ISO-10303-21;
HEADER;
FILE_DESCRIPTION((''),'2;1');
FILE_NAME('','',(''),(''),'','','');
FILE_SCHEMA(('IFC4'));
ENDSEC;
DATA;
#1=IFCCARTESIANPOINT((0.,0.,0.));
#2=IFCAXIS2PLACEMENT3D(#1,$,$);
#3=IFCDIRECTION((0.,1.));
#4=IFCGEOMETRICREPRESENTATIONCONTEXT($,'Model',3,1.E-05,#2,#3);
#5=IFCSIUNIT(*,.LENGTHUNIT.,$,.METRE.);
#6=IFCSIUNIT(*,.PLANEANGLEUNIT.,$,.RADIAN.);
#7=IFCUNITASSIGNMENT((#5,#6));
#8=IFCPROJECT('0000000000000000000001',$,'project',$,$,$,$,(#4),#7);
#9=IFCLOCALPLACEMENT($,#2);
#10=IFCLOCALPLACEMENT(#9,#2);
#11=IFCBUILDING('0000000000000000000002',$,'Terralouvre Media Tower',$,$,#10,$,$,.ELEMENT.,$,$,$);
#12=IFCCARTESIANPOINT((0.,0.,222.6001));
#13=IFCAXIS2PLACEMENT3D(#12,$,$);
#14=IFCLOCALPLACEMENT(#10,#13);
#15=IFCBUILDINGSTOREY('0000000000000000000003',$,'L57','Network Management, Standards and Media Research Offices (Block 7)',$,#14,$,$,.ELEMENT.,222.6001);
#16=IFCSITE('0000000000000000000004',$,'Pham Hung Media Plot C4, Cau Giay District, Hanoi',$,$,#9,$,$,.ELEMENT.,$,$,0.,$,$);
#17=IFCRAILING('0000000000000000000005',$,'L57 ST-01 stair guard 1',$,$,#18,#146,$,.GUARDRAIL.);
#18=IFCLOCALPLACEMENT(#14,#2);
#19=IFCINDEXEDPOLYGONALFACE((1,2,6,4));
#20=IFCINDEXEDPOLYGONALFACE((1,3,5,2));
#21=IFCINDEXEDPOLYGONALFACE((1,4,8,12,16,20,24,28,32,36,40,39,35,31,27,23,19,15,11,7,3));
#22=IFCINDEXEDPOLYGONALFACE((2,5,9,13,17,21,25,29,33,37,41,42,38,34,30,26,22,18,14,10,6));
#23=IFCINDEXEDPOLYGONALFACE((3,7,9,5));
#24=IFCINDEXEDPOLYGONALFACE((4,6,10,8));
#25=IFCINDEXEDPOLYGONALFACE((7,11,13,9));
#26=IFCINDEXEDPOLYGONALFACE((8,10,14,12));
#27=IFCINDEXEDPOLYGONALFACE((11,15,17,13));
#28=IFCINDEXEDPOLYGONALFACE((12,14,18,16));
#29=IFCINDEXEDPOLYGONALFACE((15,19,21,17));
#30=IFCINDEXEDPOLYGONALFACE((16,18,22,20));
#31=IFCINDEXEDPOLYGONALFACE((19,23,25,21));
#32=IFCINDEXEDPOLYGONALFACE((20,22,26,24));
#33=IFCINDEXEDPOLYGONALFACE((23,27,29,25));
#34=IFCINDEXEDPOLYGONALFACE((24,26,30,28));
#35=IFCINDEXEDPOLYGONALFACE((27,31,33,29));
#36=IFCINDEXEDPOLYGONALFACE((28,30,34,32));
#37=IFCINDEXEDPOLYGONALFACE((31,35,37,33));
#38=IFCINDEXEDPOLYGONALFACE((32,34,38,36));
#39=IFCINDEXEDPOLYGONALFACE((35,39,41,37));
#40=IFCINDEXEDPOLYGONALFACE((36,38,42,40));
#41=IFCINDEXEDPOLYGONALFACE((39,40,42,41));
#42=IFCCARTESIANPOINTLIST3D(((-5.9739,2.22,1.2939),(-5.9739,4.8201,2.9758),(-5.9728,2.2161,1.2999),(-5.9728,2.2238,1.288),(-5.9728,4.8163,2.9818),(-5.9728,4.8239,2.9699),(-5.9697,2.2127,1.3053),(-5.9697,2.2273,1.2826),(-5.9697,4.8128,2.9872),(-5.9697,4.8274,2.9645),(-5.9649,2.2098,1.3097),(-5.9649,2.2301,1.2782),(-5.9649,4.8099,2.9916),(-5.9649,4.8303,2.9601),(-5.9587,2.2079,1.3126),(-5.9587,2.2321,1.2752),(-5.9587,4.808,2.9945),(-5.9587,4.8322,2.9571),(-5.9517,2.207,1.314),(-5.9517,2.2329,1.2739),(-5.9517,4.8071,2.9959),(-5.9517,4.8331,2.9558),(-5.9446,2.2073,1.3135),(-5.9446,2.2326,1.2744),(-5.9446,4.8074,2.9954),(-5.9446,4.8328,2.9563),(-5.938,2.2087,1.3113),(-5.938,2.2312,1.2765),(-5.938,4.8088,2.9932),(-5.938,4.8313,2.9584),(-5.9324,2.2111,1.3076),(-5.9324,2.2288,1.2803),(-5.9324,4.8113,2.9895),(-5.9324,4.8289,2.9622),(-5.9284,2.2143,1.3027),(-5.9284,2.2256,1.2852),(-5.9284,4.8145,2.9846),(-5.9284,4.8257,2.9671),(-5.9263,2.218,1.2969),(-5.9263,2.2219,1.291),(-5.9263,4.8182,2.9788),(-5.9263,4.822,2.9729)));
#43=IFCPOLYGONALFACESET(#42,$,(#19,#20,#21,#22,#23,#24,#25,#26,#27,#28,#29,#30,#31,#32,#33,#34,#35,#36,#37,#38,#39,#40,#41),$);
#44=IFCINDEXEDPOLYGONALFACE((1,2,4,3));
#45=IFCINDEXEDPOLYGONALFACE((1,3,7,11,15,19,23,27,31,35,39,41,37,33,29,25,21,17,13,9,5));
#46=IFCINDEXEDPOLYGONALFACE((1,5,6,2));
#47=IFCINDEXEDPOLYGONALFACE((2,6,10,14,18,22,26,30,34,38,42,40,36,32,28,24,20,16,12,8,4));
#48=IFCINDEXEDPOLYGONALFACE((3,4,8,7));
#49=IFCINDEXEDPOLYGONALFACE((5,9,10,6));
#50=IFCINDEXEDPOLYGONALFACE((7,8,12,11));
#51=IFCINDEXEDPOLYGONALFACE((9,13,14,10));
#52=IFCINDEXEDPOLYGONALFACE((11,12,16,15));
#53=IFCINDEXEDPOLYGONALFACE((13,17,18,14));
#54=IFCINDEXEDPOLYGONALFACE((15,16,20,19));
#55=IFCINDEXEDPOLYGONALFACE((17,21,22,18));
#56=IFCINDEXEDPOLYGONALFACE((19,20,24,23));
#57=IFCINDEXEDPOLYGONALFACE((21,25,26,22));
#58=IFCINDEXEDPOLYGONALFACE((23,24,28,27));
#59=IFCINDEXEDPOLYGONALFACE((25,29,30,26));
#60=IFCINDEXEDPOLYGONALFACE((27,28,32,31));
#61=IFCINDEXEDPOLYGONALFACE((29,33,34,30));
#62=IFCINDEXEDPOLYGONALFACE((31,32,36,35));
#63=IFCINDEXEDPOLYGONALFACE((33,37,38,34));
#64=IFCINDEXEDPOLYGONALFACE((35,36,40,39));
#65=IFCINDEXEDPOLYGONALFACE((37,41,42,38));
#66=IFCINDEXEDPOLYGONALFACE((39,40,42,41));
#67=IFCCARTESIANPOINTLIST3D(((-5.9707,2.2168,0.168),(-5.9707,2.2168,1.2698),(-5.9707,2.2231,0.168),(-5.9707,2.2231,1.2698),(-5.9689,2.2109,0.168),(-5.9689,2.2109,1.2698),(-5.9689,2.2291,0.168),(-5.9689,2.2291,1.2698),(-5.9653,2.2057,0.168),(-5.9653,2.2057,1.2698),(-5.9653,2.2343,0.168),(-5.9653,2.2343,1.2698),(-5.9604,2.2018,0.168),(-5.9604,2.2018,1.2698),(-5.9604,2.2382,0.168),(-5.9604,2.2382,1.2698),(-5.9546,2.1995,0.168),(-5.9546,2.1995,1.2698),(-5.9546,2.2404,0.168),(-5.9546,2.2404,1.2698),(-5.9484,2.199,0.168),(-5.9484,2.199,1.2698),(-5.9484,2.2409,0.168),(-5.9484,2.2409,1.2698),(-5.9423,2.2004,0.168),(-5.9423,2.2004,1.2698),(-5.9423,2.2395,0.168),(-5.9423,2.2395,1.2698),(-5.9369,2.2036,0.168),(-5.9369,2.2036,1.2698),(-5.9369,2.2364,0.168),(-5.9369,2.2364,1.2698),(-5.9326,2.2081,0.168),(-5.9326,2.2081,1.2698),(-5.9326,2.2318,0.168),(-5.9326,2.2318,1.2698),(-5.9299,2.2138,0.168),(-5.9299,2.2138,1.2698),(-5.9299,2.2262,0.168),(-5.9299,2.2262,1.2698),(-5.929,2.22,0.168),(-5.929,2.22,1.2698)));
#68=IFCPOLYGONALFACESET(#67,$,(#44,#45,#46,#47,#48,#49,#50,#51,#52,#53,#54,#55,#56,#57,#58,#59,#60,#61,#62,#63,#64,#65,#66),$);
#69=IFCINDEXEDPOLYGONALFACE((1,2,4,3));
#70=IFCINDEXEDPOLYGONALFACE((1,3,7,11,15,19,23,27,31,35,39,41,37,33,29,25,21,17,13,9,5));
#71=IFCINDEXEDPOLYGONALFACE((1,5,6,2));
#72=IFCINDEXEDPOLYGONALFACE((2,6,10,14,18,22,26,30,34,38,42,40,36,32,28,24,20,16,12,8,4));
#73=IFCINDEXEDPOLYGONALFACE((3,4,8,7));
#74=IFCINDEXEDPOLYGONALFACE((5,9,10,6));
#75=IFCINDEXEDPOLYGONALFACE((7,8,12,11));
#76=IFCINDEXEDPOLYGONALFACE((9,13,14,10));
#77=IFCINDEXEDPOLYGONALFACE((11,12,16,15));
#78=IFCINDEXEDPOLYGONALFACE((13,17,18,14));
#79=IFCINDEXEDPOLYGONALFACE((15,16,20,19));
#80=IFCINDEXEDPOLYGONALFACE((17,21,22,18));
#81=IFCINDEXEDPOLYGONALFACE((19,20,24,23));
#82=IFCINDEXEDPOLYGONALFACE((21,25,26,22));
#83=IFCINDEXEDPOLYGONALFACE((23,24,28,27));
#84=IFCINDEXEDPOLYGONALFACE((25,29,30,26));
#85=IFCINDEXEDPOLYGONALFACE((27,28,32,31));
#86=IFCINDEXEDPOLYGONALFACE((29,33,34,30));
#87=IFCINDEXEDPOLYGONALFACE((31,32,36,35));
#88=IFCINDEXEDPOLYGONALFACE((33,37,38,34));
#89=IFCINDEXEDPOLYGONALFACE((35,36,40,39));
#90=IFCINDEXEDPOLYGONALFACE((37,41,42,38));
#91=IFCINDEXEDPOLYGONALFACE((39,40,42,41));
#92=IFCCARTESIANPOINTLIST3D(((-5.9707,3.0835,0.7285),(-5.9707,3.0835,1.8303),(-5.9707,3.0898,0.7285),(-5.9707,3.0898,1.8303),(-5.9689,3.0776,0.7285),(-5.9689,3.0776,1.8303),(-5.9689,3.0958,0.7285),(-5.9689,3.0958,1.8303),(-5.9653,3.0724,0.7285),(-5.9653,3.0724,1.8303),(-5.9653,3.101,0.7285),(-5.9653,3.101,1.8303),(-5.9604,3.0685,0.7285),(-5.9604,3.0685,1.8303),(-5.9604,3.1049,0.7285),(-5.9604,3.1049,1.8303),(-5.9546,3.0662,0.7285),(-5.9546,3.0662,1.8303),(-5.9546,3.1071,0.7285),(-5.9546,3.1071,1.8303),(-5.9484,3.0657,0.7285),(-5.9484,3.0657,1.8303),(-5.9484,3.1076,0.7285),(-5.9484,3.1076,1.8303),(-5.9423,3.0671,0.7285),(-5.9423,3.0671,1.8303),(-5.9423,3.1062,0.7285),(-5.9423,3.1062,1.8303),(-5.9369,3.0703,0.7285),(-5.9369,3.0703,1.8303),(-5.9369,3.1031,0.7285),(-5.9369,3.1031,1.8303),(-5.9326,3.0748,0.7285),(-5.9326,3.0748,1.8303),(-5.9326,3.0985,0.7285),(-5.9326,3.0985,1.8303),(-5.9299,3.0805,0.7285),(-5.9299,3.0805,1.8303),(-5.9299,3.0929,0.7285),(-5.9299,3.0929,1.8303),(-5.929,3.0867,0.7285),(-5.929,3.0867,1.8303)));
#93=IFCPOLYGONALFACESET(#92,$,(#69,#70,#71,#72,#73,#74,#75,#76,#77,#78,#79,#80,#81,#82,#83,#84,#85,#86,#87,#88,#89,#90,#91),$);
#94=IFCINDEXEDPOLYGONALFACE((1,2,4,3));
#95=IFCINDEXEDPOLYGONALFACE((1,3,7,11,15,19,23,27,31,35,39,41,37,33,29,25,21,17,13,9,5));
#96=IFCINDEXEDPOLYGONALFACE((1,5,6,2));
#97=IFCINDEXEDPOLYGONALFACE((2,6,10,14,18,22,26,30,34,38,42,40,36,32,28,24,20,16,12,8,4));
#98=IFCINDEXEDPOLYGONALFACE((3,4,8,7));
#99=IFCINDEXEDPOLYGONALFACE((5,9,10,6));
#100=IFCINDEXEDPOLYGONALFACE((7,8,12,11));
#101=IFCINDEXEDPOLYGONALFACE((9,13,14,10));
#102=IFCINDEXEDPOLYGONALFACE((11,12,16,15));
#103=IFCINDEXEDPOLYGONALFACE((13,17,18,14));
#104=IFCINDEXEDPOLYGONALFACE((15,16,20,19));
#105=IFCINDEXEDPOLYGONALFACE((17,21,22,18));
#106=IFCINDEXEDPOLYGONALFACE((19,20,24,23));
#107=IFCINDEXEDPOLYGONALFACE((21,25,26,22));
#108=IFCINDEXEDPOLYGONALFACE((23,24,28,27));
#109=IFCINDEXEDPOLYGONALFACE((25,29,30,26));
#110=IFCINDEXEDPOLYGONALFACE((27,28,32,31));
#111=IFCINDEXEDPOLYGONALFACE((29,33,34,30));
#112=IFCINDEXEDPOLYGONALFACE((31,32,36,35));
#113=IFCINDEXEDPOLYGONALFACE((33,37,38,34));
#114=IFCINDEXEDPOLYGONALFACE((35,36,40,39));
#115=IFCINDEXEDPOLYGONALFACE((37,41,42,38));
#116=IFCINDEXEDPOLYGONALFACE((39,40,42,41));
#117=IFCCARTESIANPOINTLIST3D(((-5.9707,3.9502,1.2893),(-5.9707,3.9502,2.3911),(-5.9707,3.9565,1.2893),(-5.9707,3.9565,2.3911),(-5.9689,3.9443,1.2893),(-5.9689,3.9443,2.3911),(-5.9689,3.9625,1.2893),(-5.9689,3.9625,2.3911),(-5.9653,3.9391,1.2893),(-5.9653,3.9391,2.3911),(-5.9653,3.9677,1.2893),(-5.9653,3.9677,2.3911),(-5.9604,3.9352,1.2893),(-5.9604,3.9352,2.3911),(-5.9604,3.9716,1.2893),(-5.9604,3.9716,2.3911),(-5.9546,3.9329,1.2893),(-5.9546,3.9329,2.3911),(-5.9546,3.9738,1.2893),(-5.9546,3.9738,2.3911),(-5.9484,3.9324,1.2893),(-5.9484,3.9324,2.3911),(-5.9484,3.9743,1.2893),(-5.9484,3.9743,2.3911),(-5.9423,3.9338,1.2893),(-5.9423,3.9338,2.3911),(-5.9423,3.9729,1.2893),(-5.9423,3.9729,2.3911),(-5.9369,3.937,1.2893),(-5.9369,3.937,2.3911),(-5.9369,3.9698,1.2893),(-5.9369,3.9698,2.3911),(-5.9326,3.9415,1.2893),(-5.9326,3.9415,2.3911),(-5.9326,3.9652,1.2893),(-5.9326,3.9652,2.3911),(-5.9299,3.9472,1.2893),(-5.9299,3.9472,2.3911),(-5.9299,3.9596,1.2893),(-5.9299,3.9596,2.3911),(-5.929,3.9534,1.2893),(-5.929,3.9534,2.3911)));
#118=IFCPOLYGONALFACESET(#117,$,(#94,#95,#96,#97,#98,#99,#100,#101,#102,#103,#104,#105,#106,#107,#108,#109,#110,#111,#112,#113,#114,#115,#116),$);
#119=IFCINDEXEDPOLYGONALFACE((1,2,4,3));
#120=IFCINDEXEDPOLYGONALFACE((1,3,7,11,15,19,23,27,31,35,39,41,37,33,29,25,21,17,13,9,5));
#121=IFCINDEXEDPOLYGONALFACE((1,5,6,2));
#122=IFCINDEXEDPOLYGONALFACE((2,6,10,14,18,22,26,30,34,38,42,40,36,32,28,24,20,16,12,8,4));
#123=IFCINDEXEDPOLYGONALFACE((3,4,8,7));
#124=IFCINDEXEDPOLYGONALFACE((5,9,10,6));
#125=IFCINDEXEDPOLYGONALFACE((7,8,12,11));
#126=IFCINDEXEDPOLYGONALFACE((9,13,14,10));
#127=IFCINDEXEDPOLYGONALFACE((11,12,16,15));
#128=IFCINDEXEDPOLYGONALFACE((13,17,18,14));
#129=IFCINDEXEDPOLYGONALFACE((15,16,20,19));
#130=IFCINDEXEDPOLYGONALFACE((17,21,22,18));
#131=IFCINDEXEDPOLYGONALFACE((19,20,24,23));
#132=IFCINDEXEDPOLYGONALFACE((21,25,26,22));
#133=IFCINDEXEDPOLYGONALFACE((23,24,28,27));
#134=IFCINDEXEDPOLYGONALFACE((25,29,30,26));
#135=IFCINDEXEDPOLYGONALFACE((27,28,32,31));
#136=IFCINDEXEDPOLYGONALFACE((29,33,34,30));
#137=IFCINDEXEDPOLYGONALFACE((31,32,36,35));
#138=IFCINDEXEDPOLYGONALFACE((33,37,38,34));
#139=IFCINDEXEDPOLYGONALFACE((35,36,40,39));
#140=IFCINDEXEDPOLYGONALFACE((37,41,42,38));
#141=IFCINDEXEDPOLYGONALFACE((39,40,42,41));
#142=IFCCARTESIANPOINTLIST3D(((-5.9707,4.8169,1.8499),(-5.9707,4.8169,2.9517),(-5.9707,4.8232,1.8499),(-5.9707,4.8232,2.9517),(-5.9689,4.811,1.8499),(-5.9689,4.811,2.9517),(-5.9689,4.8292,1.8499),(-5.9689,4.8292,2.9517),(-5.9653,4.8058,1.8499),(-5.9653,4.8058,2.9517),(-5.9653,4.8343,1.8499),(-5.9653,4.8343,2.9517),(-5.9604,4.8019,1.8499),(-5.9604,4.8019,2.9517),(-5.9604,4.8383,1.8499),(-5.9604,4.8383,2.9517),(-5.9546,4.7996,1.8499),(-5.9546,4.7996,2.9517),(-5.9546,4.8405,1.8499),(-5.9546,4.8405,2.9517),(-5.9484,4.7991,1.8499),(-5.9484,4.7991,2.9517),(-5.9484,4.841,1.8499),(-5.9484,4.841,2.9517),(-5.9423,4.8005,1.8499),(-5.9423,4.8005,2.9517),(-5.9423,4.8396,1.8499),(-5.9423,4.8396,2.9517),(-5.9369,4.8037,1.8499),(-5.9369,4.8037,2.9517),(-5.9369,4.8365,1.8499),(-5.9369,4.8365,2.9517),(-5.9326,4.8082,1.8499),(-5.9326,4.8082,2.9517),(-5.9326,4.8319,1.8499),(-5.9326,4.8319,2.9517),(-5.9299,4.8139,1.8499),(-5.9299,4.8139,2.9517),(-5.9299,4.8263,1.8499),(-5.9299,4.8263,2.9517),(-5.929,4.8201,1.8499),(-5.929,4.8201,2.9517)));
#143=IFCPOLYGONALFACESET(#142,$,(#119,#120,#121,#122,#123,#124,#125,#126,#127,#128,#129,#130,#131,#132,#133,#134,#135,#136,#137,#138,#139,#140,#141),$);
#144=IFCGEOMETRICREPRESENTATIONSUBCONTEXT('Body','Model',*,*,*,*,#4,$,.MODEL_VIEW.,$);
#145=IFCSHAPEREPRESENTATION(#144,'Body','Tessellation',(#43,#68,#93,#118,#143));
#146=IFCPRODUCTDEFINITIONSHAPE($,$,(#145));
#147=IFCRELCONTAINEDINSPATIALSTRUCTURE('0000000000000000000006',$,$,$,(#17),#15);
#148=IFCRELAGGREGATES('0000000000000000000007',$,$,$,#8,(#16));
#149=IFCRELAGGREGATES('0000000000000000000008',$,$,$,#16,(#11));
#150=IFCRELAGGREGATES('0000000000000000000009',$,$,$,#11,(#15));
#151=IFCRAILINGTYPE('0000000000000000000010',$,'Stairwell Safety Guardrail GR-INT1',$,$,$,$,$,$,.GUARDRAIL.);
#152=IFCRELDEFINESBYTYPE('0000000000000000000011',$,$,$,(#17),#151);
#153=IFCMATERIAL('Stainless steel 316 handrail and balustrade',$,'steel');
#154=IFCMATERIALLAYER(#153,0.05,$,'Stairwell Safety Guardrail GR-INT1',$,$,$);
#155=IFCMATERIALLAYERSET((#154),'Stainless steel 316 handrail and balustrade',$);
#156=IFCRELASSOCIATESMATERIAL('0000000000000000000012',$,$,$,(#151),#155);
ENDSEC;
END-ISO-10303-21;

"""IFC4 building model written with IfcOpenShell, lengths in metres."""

from ifc_helpers import new_model, si_unit, direction, frame, origin, origin_2d, place, context, subcontext, project, spatial, circle, extrude, material, layer, layer_set, type_object, element, save


model = new_model("IFC4")

# Units and contexts
model_context = context("Model", 3, precision=1e-05, world=origin(), true_north=direction((0.0, 1.0)))
body_context = subcontext(model_context, "Body", "Model", "MODEL_VIEW")
ifc_project = project(units=[si_unit("LENGTHUNIT", "METRE"), si_unit("PLANEANGLEUNIT", "RADIAN")], contexts=[model_context])

# Site, building, storey
site_placement = place(None, origin())
site = spatial("IfcSite", under=ifc_project, at=site_placement, Name="Pham Hung Media Plot C4, Cau Giay District, Hanoi", CompositionType="ELEMENT", RefElevation=0.0)
building_placement = place(site_placement, origin())
building = spatial("IfcBuilding", under=site, at=building_placement, Name="Terralouvre Media Tower", CompositionType="ELEMENT")
storey_placement = place(building_placement, frame((0.0, 0.0, 222.6001)))
storey = spatial("IfcBuildingStorey", under=building, at=storey_placement, Name="L57", Description="Network Management, Standards and Media Research Offices (Block 7)", CompositionType="ELEMENT", Elevation=222.6001)

# Railing
ifc_material_1 = material(Name="Stainless steel 316 handrail and balustrade", Category="steel")
ifc_layer_1 = layer(ifc_material_1, 0.05, Name="Stairwell Safety Guardrail GR-INT1")
ifc_layer_set_1 = layer_set([ifc_layer_1], Name="Stainless steel 316 handrail and balustrade")
railing_type_1 = type_object("IfcRailingType", Name="Stairwell Safety Guardrail GR-INT1", PredefinedType="GUARDRAIL", material=ifc_layer_set_1)
railing_1_placement = place(storey_placement, frame((-5.95, 2.22, 0.168)))
element("IfcRailing", 1, at=railing_1_placement, inside=storey, type_object=railing_type_1, Name="L57 ST-01 stair guard 1", PredefinedType="GUARDRAIL", context=body_context, shape_type="SweptSolid", body=[
    extrude(circle(Radius=0.0239, at=origin_2d()), frame((0.0, 0.0, 1.126), z_axis=(0.0, 0.839648, 0.54313), x_axis=(-1.0, 0.0, 0.0)), (0.0, 0.0, 1.0), 3.0967),
    extrude(circle(Radius=0.021, at=origin_2d()), origin(), (0.0, 0.0, 1.0), 1.1018),
    extrude(circle(Radius=0.021, at=origin_2d()), frame((0.0, 0.8667, 0.5605)), (0.0, 0.0, 1.0), 1.1018),
    extrude(circle(Radius=0.021, at=origin_2d()), frame((0.0, 1.7334, 1.1213)), (0.0, 0.0, 1.0), 1.1018),
    extrude(circle(Radius=0.021, at=origin_2d()), frame((0.0, 2.6001, 1.6819)), (0.0, 0.0, 1.0), 1.1018),
])

save(model, "model.ifc")
